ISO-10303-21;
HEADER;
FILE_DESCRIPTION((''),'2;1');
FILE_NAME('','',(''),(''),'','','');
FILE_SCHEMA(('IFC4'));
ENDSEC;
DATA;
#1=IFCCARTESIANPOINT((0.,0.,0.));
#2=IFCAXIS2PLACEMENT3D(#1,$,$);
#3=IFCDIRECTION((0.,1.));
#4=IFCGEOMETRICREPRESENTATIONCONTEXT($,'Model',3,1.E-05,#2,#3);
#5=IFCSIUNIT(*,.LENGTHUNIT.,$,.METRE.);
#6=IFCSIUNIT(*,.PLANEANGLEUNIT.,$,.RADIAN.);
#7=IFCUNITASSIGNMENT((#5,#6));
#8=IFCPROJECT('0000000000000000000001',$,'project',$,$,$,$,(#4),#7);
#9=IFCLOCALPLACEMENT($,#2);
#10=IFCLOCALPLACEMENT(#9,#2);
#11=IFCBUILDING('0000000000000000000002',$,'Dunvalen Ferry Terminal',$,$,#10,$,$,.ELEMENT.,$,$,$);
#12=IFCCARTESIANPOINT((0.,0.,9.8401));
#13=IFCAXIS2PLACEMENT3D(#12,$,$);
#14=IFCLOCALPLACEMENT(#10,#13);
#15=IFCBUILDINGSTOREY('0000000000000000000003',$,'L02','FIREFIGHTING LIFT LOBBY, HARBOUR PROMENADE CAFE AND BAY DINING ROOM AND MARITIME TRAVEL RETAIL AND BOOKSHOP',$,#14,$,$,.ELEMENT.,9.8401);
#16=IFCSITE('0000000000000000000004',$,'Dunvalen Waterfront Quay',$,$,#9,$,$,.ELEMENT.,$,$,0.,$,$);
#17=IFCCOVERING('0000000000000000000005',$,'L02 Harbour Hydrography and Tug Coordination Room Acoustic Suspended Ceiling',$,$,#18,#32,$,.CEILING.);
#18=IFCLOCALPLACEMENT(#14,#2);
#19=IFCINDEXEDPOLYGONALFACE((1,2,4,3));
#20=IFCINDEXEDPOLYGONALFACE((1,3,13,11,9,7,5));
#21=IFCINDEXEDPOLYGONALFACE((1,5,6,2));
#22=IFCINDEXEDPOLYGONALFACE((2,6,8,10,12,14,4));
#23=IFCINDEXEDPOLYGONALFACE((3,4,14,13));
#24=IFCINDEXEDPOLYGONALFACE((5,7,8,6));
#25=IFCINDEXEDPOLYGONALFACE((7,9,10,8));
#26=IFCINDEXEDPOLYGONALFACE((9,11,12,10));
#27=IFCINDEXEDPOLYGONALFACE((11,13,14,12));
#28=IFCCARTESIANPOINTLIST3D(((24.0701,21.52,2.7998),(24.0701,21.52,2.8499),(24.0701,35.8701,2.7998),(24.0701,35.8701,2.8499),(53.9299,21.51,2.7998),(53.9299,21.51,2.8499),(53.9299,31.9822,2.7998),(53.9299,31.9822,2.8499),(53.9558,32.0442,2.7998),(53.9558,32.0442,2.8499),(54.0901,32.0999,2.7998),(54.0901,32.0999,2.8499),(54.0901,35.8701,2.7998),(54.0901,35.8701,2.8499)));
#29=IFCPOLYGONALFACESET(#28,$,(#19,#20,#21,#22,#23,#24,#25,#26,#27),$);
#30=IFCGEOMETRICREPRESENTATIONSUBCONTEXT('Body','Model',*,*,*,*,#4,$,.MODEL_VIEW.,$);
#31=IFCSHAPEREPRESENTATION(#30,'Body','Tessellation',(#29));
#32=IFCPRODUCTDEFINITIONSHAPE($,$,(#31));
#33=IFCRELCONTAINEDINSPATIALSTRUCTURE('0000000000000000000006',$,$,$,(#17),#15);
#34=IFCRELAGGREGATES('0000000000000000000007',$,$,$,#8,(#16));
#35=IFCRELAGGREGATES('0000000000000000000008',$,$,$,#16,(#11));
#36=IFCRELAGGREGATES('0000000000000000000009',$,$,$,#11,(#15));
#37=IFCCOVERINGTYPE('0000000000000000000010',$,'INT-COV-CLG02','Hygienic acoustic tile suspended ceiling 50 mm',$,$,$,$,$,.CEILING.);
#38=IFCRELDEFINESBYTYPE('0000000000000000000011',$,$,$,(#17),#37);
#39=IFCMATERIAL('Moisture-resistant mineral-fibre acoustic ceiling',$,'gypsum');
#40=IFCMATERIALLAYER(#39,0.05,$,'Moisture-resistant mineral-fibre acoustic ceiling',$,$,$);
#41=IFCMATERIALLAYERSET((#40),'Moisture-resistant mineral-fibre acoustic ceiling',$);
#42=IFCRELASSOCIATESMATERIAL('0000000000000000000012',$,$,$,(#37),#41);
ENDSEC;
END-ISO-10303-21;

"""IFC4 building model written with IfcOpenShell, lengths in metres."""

from ifc_helpers import new_model, si_unit, direction, frame, origin, place, context, subcontext, project, spatial, polyline, outline, extrude, material, layer, layer_set, type_object, element, save


model = new_model("IFC4")

# Units and contexts
model_context = context("Model", 3, precision=1e-05, world=origin(), true_north=direction((0.0, 1.0)))
body_context = subcontext(model_context, "Body", "Model", "MODEL_VIEW")
ifc_project = project(units=[si_unit("LENGTHUNIT", "METRE"), si_unit("PLANEANGLEUNIT", "RADIAN")], contexts=[model_context])

# Site, building, storey
site_placement = place(None, origin())
site = spatial("IfcSite", under=ifc_project, at=site_placement, Name="Dunvalen Waterfront Quay", CompositionType="ELEMENT", RefElevation=0.0)
building_placement = place(site_placement, origin())
building = spatial("IfcBuilding", under=site, at=building_placement, Name="Dunvalen Ferry Terminal", CompositionType="ELEMENT")
storey_placement = place(building_placement, frame((0.0, 0.0, 9.8401)))
storey = spatial("IfcBuildingStorey", under=building, at=storey_placement, Name="L02", Description="FIREFIGHTING LIFT LOBBY, HARBOUR PROMENADE CAFE AND BAY DINING ROOM AND MARITIME TRAVEL RETAIL AND BOOKSHOP", CompositionType="ELEMENT", Elevation=9.8401)

# Covering
ifc_material_1 = material(Name="Moisture-resistant mineral-fibre acoustic ceiling", Category="gypsum")
ifc_layer_1 = layer(ifc_material_1, 0.05, Name="Moisture-resistant mineral-fibre acoustic ceiling")
ifc_layer_set_1 = layer_set([ifc_layer_1], Name="Moisture-resistant mineral-fibre acoustic ceiling")
covering_type_1 = type_object("IfcCoveringType", Name="INT-COV-CLG02", Description="Hygienic acoustic tile suspended ceiling 50 mm", PredefinedType="CEILING", material=ifc_layer_set_1)
covering_1_placement = place(storey_placement, frame((0.0, 0.0, 2.7998)))
element("IfcCovering", 1, at=covering_1_placement, inside=storey, type_object=covering_type_1, Name="L02 Harbour Hydrography and Tug Coordination Room Acoustic Suspended Ceiling", PredefinedType="CEILING", context=body_context, shape_type="SweptSolid", body=[
    extrude(outline(polyline([(53.9558, 32.0442), (54.0901, 32.0999), (54.0901, 35.8701), (24.0701, 35.8701), (24.0701, 21.52), (53.9299, 21.51), (53.9299, 31.9822), (53.9558, 32.0442)])), origin(), (0.0, 0.0, 1.0), 0.05),
])

save(model, "model.ifc")
